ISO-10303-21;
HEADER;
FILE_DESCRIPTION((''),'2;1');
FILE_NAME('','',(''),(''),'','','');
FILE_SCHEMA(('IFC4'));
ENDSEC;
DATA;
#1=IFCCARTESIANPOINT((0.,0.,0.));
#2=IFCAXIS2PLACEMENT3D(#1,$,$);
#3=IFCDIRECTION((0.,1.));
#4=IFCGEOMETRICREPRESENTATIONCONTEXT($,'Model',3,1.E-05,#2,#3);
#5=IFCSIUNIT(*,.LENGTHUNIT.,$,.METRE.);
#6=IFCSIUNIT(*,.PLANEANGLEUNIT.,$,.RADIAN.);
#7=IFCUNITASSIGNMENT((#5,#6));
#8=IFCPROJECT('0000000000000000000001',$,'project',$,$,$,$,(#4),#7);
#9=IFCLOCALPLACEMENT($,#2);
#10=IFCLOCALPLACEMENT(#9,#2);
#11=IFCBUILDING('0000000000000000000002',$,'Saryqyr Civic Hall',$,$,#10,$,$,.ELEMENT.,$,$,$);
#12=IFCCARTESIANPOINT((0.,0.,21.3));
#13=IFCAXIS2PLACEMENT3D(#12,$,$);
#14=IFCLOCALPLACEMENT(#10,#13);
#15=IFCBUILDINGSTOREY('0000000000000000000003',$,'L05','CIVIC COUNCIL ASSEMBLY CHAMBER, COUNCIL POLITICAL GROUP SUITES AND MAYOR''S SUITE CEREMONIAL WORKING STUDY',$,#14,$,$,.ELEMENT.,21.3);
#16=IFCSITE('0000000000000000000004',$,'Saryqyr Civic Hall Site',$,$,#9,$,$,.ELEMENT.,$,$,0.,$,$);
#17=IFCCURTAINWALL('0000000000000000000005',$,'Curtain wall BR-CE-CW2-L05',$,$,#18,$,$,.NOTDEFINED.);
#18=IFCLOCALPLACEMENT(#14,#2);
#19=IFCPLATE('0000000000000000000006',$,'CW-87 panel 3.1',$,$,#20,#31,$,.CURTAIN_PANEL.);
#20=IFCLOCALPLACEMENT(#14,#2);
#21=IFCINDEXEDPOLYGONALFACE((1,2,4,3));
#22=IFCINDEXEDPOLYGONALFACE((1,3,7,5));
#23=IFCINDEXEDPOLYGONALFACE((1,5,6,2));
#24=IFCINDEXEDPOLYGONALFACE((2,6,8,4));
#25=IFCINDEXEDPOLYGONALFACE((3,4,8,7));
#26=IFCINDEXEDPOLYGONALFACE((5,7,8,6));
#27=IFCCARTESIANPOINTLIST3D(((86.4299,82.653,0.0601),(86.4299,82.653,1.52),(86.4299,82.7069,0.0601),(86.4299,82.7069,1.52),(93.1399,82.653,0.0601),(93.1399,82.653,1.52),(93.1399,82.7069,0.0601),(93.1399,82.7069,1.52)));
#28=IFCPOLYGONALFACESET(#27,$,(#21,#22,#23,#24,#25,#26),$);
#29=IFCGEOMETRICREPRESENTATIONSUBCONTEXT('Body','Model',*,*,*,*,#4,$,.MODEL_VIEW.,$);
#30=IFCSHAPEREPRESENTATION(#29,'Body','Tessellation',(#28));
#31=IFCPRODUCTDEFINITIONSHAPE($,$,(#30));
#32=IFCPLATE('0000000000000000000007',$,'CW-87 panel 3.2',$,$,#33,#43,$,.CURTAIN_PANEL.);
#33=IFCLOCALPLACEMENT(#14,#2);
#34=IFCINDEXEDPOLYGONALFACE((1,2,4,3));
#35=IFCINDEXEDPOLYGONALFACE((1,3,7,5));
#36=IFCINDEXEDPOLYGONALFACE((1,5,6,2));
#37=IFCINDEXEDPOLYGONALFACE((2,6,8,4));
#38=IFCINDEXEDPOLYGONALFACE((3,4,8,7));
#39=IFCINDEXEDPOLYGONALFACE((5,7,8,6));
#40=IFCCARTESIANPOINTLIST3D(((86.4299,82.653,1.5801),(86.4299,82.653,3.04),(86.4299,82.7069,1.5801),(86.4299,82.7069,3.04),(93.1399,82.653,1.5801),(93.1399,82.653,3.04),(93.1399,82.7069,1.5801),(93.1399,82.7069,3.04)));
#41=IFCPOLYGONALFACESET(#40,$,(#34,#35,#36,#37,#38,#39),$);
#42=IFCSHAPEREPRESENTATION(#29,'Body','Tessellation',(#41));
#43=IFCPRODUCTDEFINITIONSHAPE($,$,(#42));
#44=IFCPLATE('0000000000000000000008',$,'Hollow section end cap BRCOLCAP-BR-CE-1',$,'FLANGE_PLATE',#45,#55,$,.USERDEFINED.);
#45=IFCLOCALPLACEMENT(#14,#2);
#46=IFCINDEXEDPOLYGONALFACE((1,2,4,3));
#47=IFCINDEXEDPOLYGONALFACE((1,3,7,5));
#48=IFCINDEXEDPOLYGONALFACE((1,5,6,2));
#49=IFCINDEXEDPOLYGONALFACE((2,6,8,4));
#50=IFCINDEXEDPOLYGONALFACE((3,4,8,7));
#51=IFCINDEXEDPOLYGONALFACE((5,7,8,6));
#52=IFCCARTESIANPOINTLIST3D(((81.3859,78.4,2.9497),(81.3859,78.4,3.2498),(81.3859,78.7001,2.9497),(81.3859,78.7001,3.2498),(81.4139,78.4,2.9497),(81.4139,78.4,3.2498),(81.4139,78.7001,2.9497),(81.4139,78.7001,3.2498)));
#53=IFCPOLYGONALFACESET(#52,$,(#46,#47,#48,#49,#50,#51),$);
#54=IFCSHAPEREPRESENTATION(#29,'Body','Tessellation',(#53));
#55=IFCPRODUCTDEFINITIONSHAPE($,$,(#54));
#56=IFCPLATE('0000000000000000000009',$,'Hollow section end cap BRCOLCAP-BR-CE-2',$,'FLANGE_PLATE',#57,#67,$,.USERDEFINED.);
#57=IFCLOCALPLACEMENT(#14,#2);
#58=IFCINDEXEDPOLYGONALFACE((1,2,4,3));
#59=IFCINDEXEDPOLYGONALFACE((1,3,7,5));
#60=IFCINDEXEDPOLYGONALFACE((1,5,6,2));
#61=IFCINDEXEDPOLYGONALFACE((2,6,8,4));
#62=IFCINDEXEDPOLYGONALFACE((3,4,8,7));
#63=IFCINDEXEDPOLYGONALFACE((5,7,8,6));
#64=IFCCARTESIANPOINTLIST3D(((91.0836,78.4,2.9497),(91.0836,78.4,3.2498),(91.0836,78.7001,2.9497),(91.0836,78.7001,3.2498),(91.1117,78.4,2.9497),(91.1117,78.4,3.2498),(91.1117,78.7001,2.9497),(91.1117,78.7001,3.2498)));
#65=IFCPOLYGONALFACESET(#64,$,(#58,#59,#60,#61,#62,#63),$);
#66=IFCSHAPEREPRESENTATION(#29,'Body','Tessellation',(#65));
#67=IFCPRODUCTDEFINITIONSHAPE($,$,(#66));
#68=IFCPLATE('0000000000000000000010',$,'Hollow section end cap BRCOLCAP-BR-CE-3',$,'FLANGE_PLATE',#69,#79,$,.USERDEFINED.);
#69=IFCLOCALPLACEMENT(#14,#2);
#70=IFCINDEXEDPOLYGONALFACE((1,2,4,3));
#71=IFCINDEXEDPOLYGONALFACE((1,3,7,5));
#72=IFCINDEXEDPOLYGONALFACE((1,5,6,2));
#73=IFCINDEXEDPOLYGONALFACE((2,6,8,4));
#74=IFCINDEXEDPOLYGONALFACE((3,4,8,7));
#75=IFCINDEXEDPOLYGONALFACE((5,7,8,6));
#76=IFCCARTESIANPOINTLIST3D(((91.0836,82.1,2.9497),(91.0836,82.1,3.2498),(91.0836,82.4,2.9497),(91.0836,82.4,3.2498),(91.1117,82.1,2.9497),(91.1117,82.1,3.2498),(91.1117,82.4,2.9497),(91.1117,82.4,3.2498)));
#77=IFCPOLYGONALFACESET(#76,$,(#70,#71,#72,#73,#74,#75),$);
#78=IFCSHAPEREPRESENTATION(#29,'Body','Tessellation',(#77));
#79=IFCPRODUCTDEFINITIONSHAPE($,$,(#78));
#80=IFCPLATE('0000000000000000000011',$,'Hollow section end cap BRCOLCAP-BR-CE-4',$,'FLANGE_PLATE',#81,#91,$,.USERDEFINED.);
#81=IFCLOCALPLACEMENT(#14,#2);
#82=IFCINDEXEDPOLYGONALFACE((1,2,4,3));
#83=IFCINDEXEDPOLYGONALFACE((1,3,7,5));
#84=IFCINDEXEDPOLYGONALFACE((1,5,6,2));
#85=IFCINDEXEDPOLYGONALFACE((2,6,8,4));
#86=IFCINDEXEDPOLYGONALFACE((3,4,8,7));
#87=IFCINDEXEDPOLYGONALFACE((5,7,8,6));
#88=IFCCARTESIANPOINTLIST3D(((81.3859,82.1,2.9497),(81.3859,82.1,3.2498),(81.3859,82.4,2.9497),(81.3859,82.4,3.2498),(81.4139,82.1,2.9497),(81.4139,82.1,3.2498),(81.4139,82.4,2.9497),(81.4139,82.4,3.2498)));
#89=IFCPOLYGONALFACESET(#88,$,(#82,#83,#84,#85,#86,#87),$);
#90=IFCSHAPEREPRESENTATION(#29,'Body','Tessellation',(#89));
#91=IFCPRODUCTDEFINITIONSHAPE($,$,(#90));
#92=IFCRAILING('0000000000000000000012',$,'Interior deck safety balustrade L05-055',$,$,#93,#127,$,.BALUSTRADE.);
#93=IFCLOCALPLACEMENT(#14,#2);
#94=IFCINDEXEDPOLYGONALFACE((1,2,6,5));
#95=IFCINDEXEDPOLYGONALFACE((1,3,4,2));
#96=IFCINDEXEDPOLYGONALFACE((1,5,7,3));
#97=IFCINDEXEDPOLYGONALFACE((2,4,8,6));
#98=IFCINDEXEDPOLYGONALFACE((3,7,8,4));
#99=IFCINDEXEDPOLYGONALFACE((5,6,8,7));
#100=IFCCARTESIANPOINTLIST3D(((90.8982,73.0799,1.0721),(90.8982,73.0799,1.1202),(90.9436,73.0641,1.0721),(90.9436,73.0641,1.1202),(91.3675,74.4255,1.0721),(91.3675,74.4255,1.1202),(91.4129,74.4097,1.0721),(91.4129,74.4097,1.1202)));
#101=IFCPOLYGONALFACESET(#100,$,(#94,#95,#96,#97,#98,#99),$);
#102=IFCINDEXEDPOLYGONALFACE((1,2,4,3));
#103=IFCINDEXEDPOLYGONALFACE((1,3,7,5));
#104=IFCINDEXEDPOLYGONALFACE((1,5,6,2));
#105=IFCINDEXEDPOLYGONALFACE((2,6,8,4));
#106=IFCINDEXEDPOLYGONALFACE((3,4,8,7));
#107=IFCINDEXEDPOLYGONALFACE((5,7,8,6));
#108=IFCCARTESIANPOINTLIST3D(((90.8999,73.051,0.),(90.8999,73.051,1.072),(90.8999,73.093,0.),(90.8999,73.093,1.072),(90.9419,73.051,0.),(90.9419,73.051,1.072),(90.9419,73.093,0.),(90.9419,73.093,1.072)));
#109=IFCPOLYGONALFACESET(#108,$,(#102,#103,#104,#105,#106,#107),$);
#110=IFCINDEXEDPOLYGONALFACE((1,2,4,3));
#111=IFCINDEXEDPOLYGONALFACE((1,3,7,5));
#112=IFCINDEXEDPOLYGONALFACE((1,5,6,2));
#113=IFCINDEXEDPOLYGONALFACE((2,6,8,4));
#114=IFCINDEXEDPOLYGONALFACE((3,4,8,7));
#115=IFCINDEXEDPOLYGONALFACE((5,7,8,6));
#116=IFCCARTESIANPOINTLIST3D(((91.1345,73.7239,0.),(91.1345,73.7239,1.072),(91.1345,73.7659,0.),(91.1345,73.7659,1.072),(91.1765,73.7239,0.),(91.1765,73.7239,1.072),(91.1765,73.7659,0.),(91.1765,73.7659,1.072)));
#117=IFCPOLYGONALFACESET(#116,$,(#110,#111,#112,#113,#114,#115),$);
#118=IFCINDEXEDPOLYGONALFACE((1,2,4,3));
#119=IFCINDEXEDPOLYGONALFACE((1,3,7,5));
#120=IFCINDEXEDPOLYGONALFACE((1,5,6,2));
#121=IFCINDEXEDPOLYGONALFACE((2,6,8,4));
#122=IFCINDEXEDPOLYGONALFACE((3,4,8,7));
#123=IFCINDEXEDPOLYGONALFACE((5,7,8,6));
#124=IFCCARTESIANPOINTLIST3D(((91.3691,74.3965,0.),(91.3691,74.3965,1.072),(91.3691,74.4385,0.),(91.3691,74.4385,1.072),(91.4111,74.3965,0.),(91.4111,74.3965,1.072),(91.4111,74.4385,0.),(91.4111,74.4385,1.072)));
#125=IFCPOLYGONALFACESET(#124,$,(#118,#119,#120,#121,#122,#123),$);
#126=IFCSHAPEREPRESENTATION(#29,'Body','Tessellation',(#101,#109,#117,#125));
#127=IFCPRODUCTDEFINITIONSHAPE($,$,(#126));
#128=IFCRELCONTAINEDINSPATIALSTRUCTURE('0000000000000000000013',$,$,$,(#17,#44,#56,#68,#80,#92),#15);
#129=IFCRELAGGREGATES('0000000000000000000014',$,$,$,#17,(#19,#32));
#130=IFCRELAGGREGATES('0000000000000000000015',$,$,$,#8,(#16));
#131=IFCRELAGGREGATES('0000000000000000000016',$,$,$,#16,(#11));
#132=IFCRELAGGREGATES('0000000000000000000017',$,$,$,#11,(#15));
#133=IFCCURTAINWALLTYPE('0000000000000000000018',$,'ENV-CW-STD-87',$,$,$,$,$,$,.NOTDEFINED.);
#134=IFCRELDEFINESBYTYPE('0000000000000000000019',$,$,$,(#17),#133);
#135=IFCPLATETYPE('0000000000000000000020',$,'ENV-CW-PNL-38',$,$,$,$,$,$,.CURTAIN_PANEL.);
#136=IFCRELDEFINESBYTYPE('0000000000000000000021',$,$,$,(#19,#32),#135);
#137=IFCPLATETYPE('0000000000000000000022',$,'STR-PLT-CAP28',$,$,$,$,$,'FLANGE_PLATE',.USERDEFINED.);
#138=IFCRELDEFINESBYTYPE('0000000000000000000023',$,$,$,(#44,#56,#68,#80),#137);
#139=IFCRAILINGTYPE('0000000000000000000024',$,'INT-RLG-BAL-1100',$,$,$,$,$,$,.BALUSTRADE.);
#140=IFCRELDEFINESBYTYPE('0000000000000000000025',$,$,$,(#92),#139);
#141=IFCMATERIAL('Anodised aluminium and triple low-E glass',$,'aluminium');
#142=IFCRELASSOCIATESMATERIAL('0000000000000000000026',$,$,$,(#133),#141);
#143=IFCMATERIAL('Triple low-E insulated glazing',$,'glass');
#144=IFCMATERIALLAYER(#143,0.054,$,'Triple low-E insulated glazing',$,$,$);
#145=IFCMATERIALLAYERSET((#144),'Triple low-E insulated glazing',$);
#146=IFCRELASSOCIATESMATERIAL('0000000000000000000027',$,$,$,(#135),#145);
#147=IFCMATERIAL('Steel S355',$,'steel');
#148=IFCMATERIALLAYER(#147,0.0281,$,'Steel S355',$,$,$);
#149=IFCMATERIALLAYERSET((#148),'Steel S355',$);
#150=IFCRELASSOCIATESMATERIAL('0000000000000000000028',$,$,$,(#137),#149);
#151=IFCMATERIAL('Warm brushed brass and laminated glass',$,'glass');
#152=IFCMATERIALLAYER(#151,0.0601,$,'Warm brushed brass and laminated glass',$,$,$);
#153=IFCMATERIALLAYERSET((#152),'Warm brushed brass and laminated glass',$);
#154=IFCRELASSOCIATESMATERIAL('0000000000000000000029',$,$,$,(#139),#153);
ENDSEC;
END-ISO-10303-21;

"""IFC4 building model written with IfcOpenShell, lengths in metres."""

from ifc_helpers import new_model, si_unit, direction, frame, origin, origin_2d, place, context, subcontext, project, spatial, rectangle, extrude, material, layer, layer_set, type_object, element, aggregate, save


model = new_model("IFC4")

# Units and contexts
model_context = context("Model", 3, precision=1e-05, world=origin(), true_north=direction((0.0, 1.0)))
body_context = subcontext(model_context, "Body", "Model", "MODEL_VIEW")
ifc_project = project(units=[si_unit("LENGTHUNIT", "METRE"), si_unit("PLANEANGLEUNIT", "RADIAN")], contexts=[model_context])

# Site, building, storey
site_placement = place(None, origin())
site = spatial("IfcSite", under=ifc_project, at=site_placement, Name="Saryqyr Civic Hall Site", CompositionType="ELEMENT", RefElevation=0.0)
building_placement = place(site_placement, origin())
building = spatial("IfcBuilding", under=site, at=building_placement, Name="Saryqyr Civic Hall", CompositionType="ELEMENT")
storey_placement = place(building_placement, frame((0.0, 0.0, 21.3)))
storey = spatial("IfcBuildingStorey", under=building, at=storey_placement, Name="L05", Description="CIVIC COUNCIL ASSEMBLY CHAMBER, COUNCIL POLITICAL GROUP SUITES AND MAYOR'S SUITE CEREMONIAL WORKING STUDY", CompositionType="ELEMENT", Elevation=21.3)

# Shared definitions
ifc_material_1 = material(Name="Steel S355", Category="steel")

# Shared definitions
ifc_material_2 = material(Name="Anodised aluminium and triple low-E glass", Category="aluminium")

# Curtain wall
curtain_wall_type_1 = type_object("IfcCurtainWallType", Name="ENV-CW-STD-87", PredefinedType="NOTDEFINED", material=ifc_material_2)
curtain_wall_1_placement = place(storey_placement, origin())
curtain_wall_1 = element("IfcCurtainWall", 1, at=curtain_wall_1_placement, inside=storey, type_object=curtain_wall_type_1, Name="Curtain wall BR-CE-CW2-L05", PredefinedType="NOTDEFINED")

# Plates
ifc_material_3 = material(Name="Triple low-E insulated glazing", Category="glass")
ifc_layer_1 = layer(ifc_material_3, 0.054, Name="Triple low-E insulated glazing")
ifc_layer_set_1 = layer_set([ifc_layer_1], Name="Triple low-E insulated glazing")
plate_type_1 = type_object("IfcPlateType", Name="ENV-CW-PNL-38", PredefinedType="CURTAIN_PANEL", material=ifc_layer_set_1)
plate_1_placement = place(storey_placement, frame((89.7849, 82.6799, 0.0601), z_axis=(0.0, 0.0, 1.0), x_axis=(1.0, 0.0, 0.0)))
plate_1 = element("IfcPlate", 2, at=plate_1_placement, type_object=plate_type_1, Name="CW-87 panel 3.1", PredefinedType="CURTAIN_PANEL", context=body_context, shape_type="SweptSolid", body=[
    extrude(rectangle(XDim=6.71, YDim=0.054, at=origin_2d()), origin(), (0.0, 0.0, 1.0), 1.46),
])
plate_2_placement = place(storey_placement, frame((89.7849, 82.6799, 1.5801), z_axis=(0.0, 0.0, 1.0), x_axis=(1.0, 0.0, 0.0)))
plate_2 = element("IfcPlate", 3, at=plate_2_placement, type_object=plate_type_1, Name="CW-87 panel 3.2", PredefinedType="CURTAIN_PANEL", context=body_context, shape_type="SweptSolid", body=[
    extrude(rectangle(XDim=6.71, YDim=0.054, at=origin_2d()), origin(), (0.0, 0.0, 1.0), 1.46),
])
aggregate(curtain_wall_1, [plate_1, plate_2])

# Plates
ifc_layer_2 = layer(ifc_material_1, 0.0281, Name="Steel S355")
ifc_layer_set_2 = layer_set([ifc_layer_2], Name="Steel S355")
plate_type_2 = type_object("IfcPlateType", Name="STR-PLT-CAP28", ElementType="FLANGE_PLATE", PredefinedType="USERDEFINED", material=ifc_layer_set_2)
for number, where, z_axis, x_axis, name in (
    (4, (81.3999, 78.55, 2.9497), (0.0, 0.0, 1.0), (1.0, 0.0, 0.0), "Hollow section end cap BRCOLCAP-BR-CE-1"),
    (5, (91.0977, 78.55, 2.9497), (0.0, 0.0, 1.0), (1.0, 0.0, 0.0), "Hollow section end cap BRCOLCAP-BR-CE-2"),
    (6, (91.0977, 82.25, 2.9497), (0.0, 0.0, 1.0), (1.0, 0.0, 0.0), "Hollow section end cap BRCOLCAP-BR-CE-3"),
    (7, (81.3999, 82.25, 2.9497), (0.0, 0.0, 1.0), (1.0, 0.0, 0.0), "Hollow section end cap BRCOLCAP-BR-CE-4"),
):
    element("IfcPlate", number, at=place(storey_placement, frame(where, z_axis=z_axis, x_axis=x_axis)), inside=storey, type_object=plate_type_2, Name=name, ObjectType="FLANGE_PLATE", PredefinedType="USERDEFINED", context=body_context, shape_type="SweptSolid", body=[
        extrude(rectangle(XDim=0.0281, YDim=0.3, at=origin_2d()), origin(), (0.0, 0.0, 1.0), 0.3),
    ])

# Railing
ifc_material_4 = material(Name="Warm brushed brass and laminated glass", Category="glass")
ifc_layer_3 = layer(ifc_material_4, 0.0601, Name="Warm brushed brass and laminated glass")
ifc_layer_set_3 = layer_set([ifc_layer_3], Name="Warm brushed brass and laminated glass")
railing_type = type_object("IfcRailingType", Name="INT-RLG-BAL-1100", PredefinedType="BALUSTRADE", material=ifc_layer_set_3)
railing_placement = place(storey_placement, frame((90.9209, 73.072, 0.0)))
element("IfcRailing", 8, at=railing_placement, inside=storey, type_object=railing_type, Name="Interior deck safety balustrade L05-055", PredefinedType="BALUSTRADE", context=body_context, shape_type="SweptSolid", body=[
    extrude(rectangle(XDim=0.0481, YDim=0.0481, at=origin_2d()), frame((0.0, 0.0, 1.0962), z_axis=(0.329305, 0.944224, 0.0), x_axis=(-0.944224, 0.329305, 0.0)), (0.0, 0.0, 1.0), 1.425),
    extrude(rectangle(XDim=0.042, YDim=0.042, at=origin_2d()), origin(), (0.0, 0.0, 1.0), 1.072),
    extrude(rectangle(XDim=0.042, YDim=0.042, at=origin_2d()), frame((0.2346, 0.6729, 0.0)), (0.0, 0.0, 1.0), 1.072),
    extrude(rectangle(XDim=0.042, YDim=0.042, at=origin_2d()), frame((0.4692, 1.3455, 0.0)), (0.0, 0.0, 1.0), 1.072),
])

save(model, "model.ifc")
